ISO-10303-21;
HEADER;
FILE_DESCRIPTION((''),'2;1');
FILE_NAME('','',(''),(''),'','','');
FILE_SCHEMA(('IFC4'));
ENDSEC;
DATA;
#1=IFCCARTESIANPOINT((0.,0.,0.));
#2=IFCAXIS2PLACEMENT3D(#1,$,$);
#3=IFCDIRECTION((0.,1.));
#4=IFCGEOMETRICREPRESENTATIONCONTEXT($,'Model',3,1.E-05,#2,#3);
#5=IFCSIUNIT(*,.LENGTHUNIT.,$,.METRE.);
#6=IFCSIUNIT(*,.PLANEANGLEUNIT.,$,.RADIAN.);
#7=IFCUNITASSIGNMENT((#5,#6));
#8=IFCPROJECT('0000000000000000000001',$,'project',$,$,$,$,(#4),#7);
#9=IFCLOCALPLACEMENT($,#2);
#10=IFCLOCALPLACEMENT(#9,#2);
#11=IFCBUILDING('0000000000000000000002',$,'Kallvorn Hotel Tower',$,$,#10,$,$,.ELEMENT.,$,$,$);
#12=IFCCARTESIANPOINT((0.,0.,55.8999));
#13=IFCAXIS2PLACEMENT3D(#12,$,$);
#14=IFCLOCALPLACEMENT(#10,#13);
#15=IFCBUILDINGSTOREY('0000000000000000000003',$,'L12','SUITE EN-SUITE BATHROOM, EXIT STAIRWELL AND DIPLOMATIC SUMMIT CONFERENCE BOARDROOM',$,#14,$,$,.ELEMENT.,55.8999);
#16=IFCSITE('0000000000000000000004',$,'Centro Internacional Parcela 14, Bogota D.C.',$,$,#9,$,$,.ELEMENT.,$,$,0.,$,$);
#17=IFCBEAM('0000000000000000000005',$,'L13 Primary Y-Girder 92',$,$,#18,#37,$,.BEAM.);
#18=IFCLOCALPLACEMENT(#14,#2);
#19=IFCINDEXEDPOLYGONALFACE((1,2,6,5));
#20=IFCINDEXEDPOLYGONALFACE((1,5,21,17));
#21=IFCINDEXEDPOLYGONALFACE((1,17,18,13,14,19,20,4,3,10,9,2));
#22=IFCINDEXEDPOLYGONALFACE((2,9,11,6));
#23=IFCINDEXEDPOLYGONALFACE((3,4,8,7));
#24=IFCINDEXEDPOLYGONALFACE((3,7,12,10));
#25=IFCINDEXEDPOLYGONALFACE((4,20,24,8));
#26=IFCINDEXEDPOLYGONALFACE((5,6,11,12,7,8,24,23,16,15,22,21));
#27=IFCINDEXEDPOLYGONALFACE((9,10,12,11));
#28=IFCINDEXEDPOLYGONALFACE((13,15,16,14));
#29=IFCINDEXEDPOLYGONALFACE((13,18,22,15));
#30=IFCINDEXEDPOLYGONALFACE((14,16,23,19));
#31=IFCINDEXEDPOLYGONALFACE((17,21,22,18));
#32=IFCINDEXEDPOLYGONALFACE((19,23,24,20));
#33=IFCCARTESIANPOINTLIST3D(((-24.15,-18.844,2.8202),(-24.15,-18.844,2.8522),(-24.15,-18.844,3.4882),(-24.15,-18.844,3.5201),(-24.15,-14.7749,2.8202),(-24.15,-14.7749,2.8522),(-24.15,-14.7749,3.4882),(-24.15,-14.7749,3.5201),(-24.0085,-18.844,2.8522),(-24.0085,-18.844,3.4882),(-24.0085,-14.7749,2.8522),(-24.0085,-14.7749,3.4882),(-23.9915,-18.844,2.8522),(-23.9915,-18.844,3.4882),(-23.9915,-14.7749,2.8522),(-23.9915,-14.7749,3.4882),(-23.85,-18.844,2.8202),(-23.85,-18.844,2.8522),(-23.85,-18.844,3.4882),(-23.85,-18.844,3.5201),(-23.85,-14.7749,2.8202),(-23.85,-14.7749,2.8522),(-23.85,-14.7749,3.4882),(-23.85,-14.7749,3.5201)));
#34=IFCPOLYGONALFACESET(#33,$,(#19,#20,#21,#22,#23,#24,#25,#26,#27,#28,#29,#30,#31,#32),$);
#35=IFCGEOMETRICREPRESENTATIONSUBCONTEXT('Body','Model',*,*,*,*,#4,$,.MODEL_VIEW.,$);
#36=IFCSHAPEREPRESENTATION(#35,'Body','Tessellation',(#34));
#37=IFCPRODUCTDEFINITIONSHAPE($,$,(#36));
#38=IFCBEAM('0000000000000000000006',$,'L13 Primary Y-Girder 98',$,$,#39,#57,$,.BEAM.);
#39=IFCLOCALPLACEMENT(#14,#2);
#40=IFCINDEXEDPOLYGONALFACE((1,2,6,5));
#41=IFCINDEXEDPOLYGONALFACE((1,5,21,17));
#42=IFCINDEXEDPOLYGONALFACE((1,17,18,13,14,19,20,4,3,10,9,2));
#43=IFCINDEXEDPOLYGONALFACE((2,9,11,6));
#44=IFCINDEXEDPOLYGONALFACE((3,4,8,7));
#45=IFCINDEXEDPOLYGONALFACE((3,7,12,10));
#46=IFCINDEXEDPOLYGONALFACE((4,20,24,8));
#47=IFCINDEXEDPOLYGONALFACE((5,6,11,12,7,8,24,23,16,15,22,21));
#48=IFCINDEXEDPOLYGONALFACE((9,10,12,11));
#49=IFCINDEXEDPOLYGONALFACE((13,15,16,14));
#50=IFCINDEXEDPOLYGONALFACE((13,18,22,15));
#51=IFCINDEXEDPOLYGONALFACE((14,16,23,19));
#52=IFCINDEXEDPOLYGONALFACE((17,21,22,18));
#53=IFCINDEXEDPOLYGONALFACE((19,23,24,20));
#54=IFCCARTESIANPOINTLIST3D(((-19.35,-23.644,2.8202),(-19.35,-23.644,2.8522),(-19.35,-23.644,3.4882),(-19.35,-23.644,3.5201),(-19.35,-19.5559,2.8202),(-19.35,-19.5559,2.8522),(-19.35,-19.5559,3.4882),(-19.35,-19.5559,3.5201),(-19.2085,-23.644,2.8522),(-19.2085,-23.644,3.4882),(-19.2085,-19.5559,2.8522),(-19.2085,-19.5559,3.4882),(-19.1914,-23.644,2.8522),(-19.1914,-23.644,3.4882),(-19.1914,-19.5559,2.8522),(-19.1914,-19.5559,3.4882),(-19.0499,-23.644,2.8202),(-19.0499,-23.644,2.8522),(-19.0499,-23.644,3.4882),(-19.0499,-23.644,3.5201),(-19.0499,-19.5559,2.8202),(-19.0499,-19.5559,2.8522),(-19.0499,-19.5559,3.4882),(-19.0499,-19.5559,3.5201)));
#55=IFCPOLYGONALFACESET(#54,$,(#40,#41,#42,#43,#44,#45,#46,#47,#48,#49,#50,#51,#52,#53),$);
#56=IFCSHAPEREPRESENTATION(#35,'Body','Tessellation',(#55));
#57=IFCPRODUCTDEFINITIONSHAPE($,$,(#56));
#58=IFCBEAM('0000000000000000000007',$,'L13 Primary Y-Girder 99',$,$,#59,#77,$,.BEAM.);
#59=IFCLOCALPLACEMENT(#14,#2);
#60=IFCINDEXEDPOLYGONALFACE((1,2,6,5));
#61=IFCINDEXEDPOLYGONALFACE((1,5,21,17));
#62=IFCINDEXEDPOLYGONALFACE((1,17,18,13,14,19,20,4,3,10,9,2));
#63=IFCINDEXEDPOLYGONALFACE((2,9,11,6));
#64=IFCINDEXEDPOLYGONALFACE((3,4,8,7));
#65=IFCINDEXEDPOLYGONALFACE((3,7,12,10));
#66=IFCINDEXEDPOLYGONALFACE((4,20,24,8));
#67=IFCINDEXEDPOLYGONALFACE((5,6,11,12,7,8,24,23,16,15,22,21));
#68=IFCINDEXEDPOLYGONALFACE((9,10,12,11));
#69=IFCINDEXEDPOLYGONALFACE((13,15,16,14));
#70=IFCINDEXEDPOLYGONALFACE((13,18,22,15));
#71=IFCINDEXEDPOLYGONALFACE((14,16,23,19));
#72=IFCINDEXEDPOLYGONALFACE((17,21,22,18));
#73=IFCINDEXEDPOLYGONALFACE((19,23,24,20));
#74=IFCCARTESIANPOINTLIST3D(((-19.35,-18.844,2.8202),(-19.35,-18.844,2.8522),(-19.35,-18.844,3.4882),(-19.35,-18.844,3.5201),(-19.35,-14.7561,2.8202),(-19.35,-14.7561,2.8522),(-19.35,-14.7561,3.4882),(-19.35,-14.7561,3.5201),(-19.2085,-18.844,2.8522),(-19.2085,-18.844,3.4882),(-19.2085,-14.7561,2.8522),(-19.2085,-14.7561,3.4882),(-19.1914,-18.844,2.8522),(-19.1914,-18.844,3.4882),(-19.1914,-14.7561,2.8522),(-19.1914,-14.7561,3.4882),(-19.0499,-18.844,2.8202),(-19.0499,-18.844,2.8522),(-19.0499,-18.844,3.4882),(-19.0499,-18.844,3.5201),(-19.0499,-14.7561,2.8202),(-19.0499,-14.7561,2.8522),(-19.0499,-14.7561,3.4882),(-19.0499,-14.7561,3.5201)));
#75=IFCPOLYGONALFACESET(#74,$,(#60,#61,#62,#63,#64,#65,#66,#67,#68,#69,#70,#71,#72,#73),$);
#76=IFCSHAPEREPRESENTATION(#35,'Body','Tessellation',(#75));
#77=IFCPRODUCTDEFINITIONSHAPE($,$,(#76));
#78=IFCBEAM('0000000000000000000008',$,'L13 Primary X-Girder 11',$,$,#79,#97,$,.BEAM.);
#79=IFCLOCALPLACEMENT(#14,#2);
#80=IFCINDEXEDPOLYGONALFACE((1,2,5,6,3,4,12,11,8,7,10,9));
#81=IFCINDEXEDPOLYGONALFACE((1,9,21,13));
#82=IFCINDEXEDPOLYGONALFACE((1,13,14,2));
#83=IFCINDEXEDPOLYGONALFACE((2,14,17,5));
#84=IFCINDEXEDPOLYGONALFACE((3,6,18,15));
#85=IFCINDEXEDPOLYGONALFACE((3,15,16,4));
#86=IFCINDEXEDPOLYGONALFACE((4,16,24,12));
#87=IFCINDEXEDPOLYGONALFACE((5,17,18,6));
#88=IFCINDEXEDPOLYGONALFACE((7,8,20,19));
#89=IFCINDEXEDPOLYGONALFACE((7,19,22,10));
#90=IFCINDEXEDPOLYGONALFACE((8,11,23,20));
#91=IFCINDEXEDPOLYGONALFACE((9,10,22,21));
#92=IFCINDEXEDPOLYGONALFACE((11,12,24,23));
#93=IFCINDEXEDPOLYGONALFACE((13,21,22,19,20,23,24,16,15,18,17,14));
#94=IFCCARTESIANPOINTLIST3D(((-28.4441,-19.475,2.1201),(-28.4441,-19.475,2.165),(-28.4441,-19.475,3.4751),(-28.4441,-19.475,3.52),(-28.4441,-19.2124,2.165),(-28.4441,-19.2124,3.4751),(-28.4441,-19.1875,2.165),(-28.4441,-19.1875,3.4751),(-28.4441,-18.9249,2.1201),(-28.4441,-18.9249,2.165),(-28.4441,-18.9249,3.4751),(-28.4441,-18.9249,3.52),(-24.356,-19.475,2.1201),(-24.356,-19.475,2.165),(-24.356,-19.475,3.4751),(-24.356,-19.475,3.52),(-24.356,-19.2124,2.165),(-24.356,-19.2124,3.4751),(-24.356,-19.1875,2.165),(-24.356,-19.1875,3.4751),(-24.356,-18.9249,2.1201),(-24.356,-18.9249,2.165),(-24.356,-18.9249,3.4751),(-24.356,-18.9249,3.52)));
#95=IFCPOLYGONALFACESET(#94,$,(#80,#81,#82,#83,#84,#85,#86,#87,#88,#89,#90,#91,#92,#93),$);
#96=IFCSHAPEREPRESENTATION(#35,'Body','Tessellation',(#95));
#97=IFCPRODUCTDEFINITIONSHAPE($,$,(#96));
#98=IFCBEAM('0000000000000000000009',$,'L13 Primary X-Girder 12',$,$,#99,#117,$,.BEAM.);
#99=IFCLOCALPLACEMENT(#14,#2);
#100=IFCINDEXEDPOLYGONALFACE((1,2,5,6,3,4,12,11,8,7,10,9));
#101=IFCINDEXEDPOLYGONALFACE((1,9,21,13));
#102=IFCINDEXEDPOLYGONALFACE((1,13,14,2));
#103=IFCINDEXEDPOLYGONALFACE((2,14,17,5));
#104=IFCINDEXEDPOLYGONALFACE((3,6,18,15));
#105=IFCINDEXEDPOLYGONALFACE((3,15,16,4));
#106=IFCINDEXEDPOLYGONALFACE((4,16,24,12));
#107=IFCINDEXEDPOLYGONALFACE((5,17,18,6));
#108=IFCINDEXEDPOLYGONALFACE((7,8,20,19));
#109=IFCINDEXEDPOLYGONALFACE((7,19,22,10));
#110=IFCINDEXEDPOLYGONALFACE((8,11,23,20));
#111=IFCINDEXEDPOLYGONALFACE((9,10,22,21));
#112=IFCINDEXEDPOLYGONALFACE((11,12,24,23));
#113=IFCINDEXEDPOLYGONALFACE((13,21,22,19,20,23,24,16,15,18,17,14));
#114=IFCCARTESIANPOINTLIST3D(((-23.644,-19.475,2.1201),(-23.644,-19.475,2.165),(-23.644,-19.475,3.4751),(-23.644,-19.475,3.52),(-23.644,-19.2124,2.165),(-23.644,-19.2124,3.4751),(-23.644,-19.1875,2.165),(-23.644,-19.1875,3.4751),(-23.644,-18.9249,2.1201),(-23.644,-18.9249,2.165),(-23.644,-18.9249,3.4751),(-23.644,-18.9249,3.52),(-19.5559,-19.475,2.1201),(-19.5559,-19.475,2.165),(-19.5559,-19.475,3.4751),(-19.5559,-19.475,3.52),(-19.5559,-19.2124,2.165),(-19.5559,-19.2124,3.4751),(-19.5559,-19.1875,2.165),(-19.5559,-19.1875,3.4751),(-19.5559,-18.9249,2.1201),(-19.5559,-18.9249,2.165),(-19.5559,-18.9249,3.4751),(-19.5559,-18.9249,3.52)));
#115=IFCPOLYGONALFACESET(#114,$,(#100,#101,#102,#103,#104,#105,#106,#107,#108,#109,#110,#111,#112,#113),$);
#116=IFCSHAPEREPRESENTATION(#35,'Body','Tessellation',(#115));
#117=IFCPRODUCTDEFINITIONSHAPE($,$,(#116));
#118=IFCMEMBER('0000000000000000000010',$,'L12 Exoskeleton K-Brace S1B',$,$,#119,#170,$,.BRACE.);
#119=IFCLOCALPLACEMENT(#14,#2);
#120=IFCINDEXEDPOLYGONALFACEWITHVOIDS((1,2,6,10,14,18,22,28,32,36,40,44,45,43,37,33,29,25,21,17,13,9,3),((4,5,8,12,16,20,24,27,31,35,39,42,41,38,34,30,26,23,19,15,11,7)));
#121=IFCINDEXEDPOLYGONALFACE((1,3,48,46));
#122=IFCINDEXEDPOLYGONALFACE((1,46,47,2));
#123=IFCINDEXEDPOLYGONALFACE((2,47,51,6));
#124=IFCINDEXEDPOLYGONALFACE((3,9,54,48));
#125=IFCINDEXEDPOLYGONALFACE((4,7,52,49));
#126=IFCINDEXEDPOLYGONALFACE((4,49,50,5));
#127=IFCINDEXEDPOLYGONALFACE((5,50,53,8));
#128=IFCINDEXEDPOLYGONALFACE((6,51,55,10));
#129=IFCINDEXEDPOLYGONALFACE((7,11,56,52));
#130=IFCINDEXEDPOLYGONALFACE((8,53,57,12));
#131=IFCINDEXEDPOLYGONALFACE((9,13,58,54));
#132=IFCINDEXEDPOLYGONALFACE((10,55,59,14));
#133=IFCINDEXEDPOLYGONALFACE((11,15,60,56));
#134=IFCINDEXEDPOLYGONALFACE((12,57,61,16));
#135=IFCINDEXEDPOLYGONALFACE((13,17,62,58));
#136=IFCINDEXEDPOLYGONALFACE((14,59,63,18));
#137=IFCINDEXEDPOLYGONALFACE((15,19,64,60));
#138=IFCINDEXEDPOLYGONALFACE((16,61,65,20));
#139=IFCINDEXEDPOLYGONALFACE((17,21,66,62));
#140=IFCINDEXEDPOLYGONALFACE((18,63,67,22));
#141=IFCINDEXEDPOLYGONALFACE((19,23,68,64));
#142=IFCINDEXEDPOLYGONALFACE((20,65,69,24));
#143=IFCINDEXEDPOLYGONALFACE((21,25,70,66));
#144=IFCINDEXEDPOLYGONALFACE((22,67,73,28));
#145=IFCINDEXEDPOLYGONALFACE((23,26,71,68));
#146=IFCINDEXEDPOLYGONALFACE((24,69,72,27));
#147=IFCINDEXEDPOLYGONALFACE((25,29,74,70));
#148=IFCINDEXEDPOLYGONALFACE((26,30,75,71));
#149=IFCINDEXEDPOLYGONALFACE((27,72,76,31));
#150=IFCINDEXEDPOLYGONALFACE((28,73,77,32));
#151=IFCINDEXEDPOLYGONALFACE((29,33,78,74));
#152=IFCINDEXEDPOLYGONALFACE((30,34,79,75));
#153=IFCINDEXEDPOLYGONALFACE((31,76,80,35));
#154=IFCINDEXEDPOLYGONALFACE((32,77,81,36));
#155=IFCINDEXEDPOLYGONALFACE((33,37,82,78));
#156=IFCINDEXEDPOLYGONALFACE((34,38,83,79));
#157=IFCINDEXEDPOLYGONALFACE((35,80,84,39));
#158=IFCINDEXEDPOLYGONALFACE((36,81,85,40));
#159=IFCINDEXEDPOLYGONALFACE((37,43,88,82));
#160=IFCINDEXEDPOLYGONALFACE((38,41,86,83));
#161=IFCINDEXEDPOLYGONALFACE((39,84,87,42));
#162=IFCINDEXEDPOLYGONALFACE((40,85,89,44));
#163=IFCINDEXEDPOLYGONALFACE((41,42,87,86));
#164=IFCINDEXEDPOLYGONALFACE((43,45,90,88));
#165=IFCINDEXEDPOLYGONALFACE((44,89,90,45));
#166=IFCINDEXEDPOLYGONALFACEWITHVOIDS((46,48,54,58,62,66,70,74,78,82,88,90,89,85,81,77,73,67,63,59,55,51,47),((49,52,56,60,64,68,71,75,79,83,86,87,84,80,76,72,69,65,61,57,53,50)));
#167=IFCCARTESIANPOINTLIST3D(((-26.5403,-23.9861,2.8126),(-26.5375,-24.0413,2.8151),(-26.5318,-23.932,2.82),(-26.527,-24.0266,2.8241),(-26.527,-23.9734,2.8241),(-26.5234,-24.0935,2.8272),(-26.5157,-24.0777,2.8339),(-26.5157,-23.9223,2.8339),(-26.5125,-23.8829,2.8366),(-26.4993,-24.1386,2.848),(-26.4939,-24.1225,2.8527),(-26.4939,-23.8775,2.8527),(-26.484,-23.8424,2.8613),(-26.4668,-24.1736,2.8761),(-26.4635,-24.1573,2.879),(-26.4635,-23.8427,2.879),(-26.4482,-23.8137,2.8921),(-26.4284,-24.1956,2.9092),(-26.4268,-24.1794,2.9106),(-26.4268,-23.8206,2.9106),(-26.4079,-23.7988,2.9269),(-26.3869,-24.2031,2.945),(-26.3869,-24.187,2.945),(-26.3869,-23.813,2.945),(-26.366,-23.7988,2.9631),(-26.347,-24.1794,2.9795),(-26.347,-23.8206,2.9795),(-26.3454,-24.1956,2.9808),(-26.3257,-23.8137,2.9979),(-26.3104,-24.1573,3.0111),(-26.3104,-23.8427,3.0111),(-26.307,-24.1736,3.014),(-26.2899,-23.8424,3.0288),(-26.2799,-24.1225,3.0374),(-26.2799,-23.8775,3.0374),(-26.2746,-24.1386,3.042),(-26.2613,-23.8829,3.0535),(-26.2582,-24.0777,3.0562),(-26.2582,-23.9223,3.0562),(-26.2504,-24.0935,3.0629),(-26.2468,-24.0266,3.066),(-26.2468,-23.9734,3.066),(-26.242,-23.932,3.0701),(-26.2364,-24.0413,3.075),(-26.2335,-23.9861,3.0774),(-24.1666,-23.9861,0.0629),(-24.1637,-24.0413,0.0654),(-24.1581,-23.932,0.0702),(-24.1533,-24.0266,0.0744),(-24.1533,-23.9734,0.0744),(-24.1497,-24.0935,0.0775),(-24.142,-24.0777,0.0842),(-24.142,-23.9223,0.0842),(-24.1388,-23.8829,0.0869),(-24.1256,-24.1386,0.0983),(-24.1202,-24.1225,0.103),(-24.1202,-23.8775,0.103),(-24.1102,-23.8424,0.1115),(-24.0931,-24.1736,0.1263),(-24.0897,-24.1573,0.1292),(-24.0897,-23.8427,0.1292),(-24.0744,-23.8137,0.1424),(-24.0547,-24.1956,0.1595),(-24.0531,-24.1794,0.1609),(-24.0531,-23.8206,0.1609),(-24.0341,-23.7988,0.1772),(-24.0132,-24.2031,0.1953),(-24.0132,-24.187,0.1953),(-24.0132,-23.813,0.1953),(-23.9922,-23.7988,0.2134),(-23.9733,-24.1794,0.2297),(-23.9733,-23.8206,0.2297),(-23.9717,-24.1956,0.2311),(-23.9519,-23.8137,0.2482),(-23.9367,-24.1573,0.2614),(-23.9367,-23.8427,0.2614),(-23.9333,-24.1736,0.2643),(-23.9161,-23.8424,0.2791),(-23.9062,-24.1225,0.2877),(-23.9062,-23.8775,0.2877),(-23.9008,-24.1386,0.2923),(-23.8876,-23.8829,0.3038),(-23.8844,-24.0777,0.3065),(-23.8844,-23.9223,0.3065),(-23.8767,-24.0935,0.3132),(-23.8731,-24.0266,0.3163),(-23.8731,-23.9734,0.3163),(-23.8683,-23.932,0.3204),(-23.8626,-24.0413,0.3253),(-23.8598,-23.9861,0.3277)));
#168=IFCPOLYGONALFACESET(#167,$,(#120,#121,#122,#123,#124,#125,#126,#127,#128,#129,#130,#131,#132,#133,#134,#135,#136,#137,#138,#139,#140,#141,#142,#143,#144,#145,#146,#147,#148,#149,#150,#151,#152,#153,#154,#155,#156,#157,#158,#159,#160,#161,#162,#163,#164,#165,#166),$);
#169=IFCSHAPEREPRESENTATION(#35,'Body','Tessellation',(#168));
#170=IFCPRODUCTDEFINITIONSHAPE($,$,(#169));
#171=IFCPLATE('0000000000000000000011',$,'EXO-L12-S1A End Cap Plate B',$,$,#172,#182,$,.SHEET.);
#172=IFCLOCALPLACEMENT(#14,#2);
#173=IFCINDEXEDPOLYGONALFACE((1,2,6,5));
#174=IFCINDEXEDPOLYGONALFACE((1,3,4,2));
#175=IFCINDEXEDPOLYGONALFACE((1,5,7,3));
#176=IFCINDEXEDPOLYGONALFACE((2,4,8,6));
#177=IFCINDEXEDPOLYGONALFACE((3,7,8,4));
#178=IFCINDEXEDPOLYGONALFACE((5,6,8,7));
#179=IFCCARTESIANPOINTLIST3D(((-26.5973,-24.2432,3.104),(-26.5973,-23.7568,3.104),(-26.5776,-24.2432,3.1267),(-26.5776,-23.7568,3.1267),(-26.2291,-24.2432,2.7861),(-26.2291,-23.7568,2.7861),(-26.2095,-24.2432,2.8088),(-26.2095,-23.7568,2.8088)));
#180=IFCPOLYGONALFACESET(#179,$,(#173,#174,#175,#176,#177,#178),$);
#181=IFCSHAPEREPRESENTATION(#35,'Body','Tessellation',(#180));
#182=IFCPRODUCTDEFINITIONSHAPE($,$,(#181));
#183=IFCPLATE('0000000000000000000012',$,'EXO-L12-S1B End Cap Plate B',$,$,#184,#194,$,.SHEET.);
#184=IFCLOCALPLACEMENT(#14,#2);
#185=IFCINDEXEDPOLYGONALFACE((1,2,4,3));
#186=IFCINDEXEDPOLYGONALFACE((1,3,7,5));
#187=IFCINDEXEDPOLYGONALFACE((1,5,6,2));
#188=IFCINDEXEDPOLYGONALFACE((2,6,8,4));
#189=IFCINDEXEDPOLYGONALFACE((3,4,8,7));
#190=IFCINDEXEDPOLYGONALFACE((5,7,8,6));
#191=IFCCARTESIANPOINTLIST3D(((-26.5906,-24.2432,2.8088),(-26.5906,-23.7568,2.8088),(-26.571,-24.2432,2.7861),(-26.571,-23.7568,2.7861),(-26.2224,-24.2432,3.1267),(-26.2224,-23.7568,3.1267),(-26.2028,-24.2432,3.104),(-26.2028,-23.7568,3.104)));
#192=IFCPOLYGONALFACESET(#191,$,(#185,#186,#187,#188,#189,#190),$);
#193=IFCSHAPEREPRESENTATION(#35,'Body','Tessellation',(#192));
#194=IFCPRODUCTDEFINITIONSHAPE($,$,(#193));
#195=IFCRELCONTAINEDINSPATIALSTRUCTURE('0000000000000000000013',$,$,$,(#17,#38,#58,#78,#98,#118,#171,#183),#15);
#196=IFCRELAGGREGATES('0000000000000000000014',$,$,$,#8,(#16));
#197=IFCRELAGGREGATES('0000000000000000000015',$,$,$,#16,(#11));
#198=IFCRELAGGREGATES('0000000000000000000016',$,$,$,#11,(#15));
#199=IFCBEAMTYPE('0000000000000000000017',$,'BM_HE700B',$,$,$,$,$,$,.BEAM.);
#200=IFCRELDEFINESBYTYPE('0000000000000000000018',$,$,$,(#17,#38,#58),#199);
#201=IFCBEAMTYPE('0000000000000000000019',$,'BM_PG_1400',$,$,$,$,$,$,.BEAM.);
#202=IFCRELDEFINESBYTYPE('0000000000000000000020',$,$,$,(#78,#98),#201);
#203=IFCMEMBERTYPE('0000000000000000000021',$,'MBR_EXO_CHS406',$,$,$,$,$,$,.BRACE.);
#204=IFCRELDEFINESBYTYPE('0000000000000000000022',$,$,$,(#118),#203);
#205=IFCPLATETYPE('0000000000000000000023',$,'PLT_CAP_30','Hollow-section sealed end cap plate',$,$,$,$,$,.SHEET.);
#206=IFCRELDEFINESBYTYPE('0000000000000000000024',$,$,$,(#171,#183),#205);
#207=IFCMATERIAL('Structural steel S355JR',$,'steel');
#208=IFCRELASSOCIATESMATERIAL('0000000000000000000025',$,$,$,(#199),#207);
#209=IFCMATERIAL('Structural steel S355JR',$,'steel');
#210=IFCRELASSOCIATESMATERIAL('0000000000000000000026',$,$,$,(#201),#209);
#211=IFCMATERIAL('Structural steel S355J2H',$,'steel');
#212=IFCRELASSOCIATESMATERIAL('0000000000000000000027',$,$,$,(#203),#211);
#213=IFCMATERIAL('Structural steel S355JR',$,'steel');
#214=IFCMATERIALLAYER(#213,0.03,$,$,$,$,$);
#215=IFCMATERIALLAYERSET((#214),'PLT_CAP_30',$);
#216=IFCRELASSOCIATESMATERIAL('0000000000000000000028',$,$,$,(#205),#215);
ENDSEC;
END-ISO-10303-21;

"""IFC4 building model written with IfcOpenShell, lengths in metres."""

from ifc_helpers import new_model, si_unit, direction, frame, origin, origin_2d, place, context, subcontext, project, spatial, polyline, hollow_circle, i_section, outline, extrude, material, layer, layer_set, material_profile, profile_set, type_object, element, save


model = new_model("IFC4")

# Units and contexts
model_context = context("Model", 3, precision=1e-05, world=origin(), true_north=direction((0.0, 1.0)))
body_context = subcontext(model_context, "Body", "Model", "MODEL_VIEW")
ifc_project = project(units=[si_unit("LENGTHUNIT", "METRE"), si_unit("PLANEANGLEUNIT", "RADIAN")], contexts=[model_context])

# Site, building, storey
site_placement = place(None, origin())
site = spatial("IfcSite", under=ifc_project, at=site_placement, Name="Centro Internacional Parcela 14, Bogota D.C.", CompositionType="ELEMENT", RefElevation=0.0)
building_placement = place(site_placement, origin())
building = spatial("IfcBuilding", under=site, at=building_placement, Name="Kallvorn Hotel Tower", CompositionType="ELEMENT")
storey_placement = place(building_placement, frame((0.0, 0.0, 55.8999)))
storey = spatial("IfcBuildingStorey", under=building, at=storey_placement, Name="L12", Description="SUITE EN-SUITE BATHROOM, EXIT STAIRWELL AND DIPLOMATIC SUMMIT CONFERENCE BOARDROOM", CompositionType="ELEMENT", Elevation=55.8999)

# Beams
ifc_material_1 = material(Name="Structural steel S355JR", Category="steel")
ifc_material_profile_1 = material_profile(ifc_material_1, i_section(OverallWidth=0.3, OverallDepth=0.7, WebThickness=0.0171, FlangeThickness=0.032, at=origin_2d()), Name="HE 700 B")
ifc_profile_set_1 = profile_set([ifc_material_profile_1], Name="Structural steel S355JR")
beam_type_1 = type_object("IfcBeamType", Name="BM_HE700B", PredefinedType="BEAM", material=ifc_profile_set_1)
beam_1_placement = place(storey_placement, frame((-24.0, -18.844, 3.1702), z_axis=(0.0, 1.0, 0.0), x_axis=(-1.0, 0.0, 0.0)))
element("IfcBeam", 1, at=beam_1_placement, inside=storey, type_object=beam_type_1, Name="L13 Primary Y-Girder 92", PredefinedType="BEAM", context=body_context, shape_type="SweptSolid", body=[
    extrude(i_section(OverallWidth=0.3, OverallDepth=0.7, WebThickness=0.0171, FlangeThickness=0.032, at=origin_2d()), origin(), (0.0, 0.0, 1.0), 4.0691),
])
beam_2_placement = place(storey_placement, frame((-19.2, -23.644, 3.1702), z_axis=(0.0, 1.0, 0.0), x_axis=(-1.0, 0.0, 0.0)))
element("IfcBeam", 2, at=beam_2_placement, inside=storey, type_object=beam_type_1, Name="L13 Primary Y-Girder 98", PredefinedType="BEAM", context=body_context, shape_type="SweptSolid", body=[
    extrude(i_section(OverallWidth=0.3, OverallDepth=0.7, WebThickness=0.0171, FlangeThickness=0.032, at=origin_2d()), origin(), (0.0, 0.0, 1.0), 4.0881),
])
beam_3_placement = place(storey_placement, frame((-19.2, -18.844, 3.1702), z_axis=(0.0, 1.0, 0.0), x_axis=(-1.0, 0.0, 0.0)))
element("IfcBeam", 3, at=beam_3_placement, inside=storey, type_object=beam_type_1, Name="L13 Primary Y-Girder 99", PredefinedType="BEAM", context=body_context, shape_type="SweptSolid", body=[
    extrude(i_section(OverallWidth=0.3, OverallDepth=0.7, WebThickness=0.0171, FlangeThickness=0.032, at=origin_2d()), origin(), (0.0, 0.0, 1.0), 4.0879),
])
ifc_material_2 = material(Name="Structural steel S355JR", Category="steel")
ifc_material_profile_2 = material_profile(ifc_material_2, i_section(OverallWidth=0.55, OverallDepth=1.3999, WebThickness=0.0249, FlangeThickness=0.0449, at=origin_2d()), Name="PG 1400x550x25x45")
ifc_profile_set_2 = profile_set([ifc_material_profile_2], Name="Structural steel S355JR")
beam_type_2 = type_object("IfcBeamType", Name="BM_PG_1400", PredefinedType="BEAM", material=ifc_profile_set_2)
for number, where, z_axis, x_axis, name in (
    (4, (-28.4441, -19.2, 2.8201), (1.0, 0.0, 0.0), (0.0, 1.0, 0.0), "L13 Primary X-Girder 11"),
    (5, (-23.644, -19.2, 2.8201), (1.0, 0.0, 0.0), (0.0, 1.0, 0.0), "L13 Primary X-Girder 12"),
):
    element("IfcBeam", number, at=place(storey_placement, frame(where, z_axis=z_axis, x_axis=x_axis)), inside=storey, type_object=beam_type_2, Name=name, PredefinedType="BEAM", context=body_context, shape_type="SweptSolid", body=[
        extrude(i_section(OverallWidth=0.55, OverallDepth=1.3999, WebThickness=0.0249, FlangeThickness=0.0449, at=origin_2d()), origin(), (0.0, 0.0, 1.0), 4.0881),
    ])

# Member
ifc_material_3 = material(Name="Structural steel S355J2H", Category="steel")
ifc_material_profile_3 = material_profile(ifc_material_3, hollow_circle(Radius=0.2031, WallThickness=0.0161, at=origin_2d()), Name="CHS 406.4x16")
ifc_profile_set_3 = profile_set([ifc_material_profile_3], Name="Structural steel S355J2H")
member_type = type_object("IfcMemberType", Name="MBR_EXO_CHS406", PredefinedType="BRACE", material=ifc_profile_set_3)
member_placement = place(storey_placement, frame((-24.0132, -24.0, 0.1953), z_axis=(-0.653461, 0.0, 0.756961), x_axis=(0.0, -1.0, 0.0)))
element("IfcMember", 6, at=member_placement, inside=storey, type_object=member_type, Name="L12 Exoskeleton K-Brace S1B", PredefinedType="BRACE", context=body_context, shape_type="SweptSolid", body=[
    extrude(hollow_circle(Radius=0.2031, WallThickness=0.0161, at=origin_2d()), origin(), (0.0, 0.0, 1.0), 3.6326),
])

# Plates
ifc_material_4 = material(Name="Structural steel S355JR", Category="steel")
ifc_layer_1 = layer(ifc_material_4, 0.03)
ifc_layer_set_1 = layer_set([ifc_layer_1], Name="PLT_CAP_30")
plate_type_1 = type_object("IfcPlateType", Name="PLT_CAP_30", Description="Hollow-section sealed end cap plate", PredefinedType="SHEET", material=ifc_layer_set_1)
for number, where, z_axis, x_axis, name in (
    (7, (-26.2095, -24.2432, 2.8088), (0.653515, 0.0, 0.756913), (0.0, 1.0, 0.0), "EXO-L12-S1A End Cap Plate B"),
    (8, (-26.5906, -23.7568, 2.8088), (-0.653515, 0.0, 0.756913), (0.0, -1.0, 0.0), "EXO-L12-S1B End Cap Plate B"),
):
    element("IfcPlate", number, at=place(storey_placement, frame(where, z_axis=z_axis, x_axis=x_axis)), inside=storey, type_object=plate_type_1, Name=name, PredefinedType="SHEET", context=body_context, shape_type="SweptSolid", body=[
        extrude(outline(polyline([(0.0, 0.0), (0.4863, 0.0), (0.4863, 0.4864), (0.0, 0.4864), (0.0, 0.0)])), origin(), (0.0, 0.0, -1.0), 0.03),
    ])

save(model, "model.ifc")
